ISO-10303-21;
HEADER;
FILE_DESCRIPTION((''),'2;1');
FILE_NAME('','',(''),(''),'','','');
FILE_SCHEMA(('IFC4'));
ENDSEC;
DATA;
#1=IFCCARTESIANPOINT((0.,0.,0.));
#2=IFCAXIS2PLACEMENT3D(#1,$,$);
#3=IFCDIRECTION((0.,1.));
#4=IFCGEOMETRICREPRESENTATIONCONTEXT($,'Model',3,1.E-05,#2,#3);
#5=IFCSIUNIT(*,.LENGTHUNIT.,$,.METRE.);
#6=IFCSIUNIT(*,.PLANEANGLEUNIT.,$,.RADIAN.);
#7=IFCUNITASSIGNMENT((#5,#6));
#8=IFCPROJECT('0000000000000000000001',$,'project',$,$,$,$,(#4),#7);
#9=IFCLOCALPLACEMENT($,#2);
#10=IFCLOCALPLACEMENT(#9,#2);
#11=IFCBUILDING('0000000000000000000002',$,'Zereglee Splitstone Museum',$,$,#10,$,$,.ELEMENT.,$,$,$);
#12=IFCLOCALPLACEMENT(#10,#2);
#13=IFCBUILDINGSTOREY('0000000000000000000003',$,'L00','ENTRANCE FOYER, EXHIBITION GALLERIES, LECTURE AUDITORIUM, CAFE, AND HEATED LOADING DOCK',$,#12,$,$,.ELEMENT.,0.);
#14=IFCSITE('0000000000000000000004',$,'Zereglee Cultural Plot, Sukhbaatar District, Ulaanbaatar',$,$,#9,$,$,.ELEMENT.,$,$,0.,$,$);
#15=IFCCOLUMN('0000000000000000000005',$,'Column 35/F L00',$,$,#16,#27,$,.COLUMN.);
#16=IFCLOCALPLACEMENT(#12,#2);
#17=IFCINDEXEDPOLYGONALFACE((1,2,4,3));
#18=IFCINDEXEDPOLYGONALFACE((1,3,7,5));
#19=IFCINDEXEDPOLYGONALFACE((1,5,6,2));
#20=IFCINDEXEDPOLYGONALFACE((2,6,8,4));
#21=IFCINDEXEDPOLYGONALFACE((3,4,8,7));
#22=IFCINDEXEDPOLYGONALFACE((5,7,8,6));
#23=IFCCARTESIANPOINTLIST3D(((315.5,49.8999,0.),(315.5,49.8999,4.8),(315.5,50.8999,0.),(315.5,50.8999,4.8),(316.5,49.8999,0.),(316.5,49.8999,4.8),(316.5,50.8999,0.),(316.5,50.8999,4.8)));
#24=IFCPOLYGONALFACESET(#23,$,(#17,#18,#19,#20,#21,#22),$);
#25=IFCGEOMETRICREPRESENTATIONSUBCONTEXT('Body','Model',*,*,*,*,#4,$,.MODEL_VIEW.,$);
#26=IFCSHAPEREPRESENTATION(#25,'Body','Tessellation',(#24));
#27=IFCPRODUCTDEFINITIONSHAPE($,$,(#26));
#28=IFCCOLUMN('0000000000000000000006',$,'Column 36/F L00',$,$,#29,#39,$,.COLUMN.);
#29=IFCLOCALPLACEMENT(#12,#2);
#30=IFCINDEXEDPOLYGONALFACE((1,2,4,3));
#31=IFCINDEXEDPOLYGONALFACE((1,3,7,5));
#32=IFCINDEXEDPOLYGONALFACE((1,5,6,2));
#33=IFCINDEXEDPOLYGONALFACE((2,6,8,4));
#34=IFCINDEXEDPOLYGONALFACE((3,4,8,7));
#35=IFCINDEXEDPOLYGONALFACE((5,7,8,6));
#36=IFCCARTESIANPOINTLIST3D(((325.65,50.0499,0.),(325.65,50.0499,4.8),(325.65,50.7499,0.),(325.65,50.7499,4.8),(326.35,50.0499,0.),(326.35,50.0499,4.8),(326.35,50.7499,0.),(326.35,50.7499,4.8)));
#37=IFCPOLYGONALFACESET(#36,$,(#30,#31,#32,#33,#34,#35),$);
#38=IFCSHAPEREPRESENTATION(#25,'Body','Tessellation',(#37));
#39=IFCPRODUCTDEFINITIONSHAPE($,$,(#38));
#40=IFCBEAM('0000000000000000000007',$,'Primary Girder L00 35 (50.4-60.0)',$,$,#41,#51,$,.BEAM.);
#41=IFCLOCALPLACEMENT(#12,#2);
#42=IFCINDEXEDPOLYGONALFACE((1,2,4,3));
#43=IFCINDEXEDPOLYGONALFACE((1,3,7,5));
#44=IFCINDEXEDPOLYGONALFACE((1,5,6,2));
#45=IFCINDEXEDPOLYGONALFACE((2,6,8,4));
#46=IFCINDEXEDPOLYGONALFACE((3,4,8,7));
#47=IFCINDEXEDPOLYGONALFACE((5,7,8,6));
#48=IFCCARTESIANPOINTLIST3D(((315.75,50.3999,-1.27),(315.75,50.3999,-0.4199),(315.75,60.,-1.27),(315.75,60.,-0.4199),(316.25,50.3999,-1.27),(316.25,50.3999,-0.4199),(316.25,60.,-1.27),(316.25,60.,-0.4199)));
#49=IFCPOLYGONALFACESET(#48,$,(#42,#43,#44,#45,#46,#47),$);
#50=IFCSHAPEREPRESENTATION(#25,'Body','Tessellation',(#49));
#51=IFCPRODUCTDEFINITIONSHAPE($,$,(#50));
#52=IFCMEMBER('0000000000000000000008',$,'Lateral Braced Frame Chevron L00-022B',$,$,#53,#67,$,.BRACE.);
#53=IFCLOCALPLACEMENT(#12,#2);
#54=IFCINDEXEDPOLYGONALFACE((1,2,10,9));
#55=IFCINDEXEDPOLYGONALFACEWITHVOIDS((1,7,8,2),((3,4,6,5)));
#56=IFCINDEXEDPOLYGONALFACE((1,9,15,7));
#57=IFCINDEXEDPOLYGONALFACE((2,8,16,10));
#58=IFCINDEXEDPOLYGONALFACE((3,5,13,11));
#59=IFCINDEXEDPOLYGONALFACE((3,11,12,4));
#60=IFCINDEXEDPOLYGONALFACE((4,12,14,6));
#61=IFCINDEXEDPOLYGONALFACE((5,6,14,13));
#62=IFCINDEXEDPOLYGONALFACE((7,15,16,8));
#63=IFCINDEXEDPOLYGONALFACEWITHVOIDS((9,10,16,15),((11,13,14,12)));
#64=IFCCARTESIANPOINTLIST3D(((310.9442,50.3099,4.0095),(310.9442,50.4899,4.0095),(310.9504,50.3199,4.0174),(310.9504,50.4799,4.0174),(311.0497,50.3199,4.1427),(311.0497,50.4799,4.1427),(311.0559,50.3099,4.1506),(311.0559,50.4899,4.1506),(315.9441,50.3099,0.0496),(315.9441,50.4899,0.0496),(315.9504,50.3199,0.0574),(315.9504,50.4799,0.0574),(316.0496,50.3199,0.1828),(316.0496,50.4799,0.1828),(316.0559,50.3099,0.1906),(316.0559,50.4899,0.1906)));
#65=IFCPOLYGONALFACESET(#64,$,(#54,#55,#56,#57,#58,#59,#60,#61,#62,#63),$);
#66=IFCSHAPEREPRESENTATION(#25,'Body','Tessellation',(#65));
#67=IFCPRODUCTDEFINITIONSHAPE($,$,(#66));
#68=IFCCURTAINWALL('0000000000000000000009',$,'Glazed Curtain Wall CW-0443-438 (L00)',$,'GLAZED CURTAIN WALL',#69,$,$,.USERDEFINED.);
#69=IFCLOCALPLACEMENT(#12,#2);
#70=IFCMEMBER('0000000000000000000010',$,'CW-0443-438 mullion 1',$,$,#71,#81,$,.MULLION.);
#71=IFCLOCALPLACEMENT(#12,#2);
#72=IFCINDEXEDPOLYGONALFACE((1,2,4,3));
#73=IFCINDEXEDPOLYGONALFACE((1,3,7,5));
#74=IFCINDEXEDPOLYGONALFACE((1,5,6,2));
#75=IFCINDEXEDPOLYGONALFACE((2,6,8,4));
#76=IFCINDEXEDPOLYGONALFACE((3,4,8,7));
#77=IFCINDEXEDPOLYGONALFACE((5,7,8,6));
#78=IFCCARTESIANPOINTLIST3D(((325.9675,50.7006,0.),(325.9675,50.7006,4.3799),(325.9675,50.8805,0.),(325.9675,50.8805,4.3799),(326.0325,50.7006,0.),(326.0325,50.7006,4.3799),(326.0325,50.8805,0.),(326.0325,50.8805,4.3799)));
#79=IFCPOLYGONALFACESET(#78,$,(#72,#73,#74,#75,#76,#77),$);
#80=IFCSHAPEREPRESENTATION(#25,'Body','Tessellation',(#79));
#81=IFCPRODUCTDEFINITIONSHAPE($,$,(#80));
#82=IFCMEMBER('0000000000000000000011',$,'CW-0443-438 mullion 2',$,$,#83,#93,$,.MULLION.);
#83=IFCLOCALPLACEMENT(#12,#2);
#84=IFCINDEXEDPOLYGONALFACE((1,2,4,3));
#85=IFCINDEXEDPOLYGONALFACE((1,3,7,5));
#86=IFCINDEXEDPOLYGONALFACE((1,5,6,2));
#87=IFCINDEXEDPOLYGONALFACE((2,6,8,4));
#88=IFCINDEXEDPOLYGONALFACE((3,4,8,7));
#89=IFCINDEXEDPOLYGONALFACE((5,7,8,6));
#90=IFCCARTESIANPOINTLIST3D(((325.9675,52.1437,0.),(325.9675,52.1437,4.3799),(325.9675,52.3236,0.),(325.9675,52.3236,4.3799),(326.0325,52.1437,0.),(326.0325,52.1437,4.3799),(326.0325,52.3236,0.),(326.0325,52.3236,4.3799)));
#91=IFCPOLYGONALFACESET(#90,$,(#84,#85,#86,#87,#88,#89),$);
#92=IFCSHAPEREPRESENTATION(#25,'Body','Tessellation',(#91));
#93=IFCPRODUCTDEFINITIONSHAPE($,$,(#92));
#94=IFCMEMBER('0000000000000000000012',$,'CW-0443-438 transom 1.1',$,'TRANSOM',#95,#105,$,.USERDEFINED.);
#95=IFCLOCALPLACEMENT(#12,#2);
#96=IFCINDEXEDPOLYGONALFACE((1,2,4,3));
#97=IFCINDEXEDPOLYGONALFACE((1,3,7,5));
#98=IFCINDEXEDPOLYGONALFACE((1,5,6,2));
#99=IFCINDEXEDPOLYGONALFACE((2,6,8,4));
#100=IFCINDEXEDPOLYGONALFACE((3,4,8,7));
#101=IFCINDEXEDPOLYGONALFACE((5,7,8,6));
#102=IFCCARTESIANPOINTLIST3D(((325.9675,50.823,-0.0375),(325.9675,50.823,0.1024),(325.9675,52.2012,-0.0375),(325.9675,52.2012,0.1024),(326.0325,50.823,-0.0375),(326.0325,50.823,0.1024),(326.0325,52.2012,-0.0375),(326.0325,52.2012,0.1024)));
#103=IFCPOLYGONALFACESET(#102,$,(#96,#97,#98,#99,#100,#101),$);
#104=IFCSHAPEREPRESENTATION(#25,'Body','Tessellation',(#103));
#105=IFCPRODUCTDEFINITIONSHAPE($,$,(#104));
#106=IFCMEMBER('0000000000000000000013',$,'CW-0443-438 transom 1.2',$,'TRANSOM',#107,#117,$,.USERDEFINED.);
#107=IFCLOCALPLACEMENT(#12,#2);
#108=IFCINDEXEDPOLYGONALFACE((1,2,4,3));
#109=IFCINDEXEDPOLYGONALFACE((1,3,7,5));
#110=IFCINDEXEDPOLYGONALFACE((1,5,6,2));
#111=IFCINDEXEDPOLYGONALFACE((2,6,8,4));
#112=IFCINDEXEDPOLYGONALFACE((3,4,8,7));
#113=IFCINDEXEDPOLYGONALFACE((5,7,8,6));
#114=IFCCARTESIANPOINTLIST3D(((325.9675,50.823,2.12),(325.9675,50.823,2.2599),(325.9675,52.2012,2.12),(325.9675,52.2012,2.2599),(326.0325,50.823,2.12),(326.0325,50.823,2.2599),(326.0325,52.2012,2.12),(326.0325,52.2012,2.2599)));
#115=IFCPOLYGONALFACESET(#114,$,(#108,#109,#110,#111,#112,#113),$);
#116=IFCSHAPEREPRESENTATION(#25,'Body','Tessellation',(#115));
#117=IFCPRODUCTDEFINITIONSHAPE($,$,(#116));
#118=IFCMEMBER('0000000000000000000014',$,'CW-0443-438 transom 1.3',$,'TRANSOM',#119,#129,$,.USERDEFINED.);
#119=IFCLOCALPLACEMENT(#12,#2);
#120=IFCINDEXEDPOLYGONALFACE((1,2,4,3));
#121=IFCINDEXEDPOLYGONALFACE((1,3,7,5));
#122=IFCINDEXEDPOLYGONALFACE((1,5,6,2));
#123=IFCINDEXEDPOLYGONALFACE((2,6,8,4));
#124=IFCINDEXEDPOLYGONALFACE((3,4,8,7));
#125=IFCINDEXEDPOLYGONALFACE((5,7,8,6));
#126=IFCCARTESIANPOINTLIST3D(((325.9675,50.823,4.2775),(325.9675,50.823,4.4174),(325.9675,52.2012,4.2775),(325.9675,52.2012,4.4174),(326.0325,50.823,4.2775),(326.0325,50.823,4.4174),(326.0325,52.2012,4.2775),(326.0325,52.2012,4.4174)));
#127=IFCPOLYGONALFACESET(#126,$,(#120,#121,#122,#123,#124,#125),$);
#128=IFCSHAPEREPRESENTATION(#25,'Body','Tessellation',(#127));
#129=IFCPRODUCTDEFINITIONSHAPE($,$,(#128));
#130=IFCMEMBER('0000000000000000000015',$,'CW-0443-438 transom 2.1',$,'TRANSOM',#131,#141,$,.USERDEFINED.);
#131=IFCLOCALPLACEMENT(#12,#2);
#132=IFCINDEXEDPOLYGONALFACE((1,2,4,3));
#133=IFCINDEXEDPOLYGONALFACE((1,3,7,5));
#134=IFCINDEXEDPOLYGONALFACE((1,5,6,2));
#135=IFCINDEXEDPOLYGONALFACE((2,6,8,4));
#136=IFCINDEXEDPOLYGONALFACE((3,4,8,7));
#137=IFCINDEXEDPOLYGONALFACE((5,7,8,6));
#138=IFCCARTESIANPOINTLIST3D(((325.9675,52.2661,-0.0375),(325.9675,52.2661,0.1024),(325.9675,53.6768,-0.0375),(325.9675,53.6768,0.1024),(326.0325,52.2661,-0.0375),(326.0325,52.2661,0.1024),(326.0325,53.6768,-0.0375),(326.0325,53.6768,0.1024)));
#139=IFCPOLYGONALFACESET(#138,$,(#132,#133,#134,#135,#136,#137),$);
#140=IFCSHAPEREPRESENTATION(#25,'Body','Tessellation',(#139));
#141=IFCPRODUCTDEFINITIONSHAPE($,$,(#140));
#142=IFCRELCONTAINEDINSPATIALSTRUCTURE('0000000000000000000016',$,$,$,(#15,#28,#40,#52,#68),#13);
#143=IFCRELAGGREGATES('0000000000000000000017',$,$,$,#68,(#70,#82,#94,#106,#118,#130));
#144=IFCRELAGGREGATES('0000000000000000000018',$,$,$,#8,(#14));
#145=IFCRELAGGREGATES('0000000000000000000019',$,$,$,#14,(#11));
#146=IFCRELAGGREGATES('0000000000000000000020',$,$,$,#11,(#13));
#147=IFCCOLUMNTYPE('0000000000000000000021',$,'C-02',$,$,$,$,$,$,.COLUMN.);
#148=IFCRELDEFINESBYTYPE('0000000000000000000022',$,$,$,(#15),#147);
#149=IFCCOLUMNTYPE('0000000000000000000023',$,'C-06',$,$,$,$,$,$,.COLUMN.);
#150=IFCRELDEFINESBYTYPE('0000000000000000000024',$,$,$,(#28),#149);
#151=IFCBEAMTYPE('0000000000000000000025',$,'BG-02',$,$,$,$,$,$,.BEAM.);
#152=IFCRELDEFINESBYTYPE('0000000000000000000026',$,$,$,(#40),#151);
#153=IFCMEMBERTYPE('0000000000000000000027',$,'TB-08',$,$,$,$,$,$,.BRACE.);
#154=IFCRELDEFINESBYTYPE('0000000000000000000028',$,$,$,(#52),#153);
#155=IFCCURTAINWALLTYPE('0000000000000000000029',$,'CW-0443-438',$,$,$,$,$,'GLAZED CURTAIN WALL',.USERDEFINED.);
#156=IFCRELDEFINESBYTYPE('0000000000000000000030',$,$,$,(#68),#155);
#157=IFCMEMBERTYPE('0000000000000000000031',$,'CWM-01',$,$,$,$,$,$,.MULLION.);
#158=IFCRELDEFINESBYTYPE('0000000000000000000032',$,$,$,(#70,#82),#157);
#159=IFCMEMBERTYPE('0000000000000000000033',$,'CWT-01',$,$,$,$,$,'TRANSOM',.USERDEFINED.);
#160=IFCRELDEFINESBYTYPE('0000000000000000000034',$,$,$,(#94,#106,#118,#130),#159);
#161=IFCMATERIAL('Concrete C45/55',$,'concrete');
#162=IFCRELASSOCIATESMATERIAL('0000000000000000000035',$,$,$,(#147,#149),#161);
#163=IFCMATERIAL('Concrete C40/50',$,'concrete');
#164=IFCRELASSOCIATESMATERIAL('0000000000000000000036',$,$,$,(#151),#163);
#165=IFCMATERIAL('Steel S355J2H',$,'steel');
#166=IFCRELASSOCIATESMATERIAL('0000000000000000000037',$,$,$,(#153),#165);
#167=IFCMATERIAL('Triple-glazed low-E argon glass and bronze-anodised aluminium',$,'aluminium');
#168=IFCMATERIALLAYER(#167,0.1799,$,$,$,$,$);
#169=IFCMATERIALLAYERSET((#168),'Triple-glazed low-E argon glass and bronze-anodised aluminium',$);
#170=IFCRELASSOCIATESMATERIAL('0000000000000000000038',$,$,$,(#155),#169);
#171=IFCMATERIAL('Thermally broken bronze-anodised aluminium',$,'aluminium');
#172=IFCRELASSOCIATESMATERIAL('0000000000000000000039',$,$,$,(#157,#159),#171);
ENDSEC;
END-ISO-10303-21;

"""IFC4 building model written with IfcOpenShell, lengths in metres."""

from ifc_helpers import new_model, si_unit, direction, frame, origin, origin_2d, place, context, subcontext, project, spatial, rectangle, hollow_rectangle, extrude, material, layer, layer_set, material_profile, profile_set, type_object, element, aggregate, save


model = new_model("IFC4")

# Units and contexts
model_context = context("Model", 3, precision=1e-05, world=origin(), true_north=direction((0.0, 1.0)))
body_context = subcontext(model_context, "Body", "Model", "MODEL_VIEW")
ifc_project = project(units=[si_unit("LENGTHUNIT", "METRE"), si_unit("PLANEANGLEUNIT", "RADIAN")], contexts=[model_context])

# Site, building, storey
site_placement = place(None, origin())
site = spatial("IfcSite", under=ifc_project, at=site_placement, Name="Zereglee Cultural Plot, Sukhbaatar District, Ulaanbaatar", CompositionType="ELEMENT", RefElevation=0.0)
building_placement = place(site_placement, origin())
building = spatial("IfcBuilding", under=site, at=building_placement, Name="Zereglee Splitstone Museum", CompositionType="ELEMENT")
storey_placement = place(building_placement, origin())
storey = spatial("IfcBuildingStorey", under=building, at=storey_placement, Name="L00", Description="ENTRANCE FOYER, EXHIBITION GALLERIES, LECTURE AUDITORIUM, CAFE, AND HEATED LOADING DOCK", CompositionType="ELEMENT", Elevation=0.0)

# Columns
ifc_material_1 = material(Name="Concrete C45/55", Category="concrete")
ifc_material_profile_1 = material_profile(ifc_material_1, rectangle(XDim=1.0, YDim=1.0, at=origin_2d()), Name="RC 1000x1000")
ifc_profile_set_1 = profile_set([ifc_material_profile_1], Name="Concrete C45/55")
column_type_1 = type_object("IfcColumnType", Name="C-02", PredefinedType="COLUMN", material=ifc_profile_set_1)
column_1_placement = place(storey_placement, frame((316.0, 50.3999, 0.0), z_axis=(0.0, 0.0, 1.0), x_axis=(1.0, 0.0, 0.0)))
element("IfcColumn", 1, at=column_1_placement, inside=storey, type_object=column_type_1, Name="Column 35/F L00", PredefinedType="COLUMN", context=body_context, shape_type="SweptSolid", body=[
    extrude(rectangle(XDim=1.0, YDim=1.0, at=origin_2d()), origin(), (0.0, 0.0, 1.0), 4.8),
])
ifc_material_profile_2 = material_profile(ifc_material_1, rectangle(XDim=0.7, YDim=0.7, at=origin_2d()), Name="RC 700x700")
ifc_profile_set_2 = profile_set([ifc_material_profile_2], Name="Concrete C45/55")
column_type_2 = type_object("IfcColumnType", Name="C-06", PredefinedType="COLUMN", material=ifc_profile_set_2)
column_2_placement = place(storey_placement, frame((326.0, 50.3999, 0.0), z_axis=(0.0, 0.0, 1.0), x_axis=(1.0, 0.0, 0.0)))
element("IfcColumn", 2, at=column_2_placement, inside=storey, type_object=column_type_2, Name="Column 36/F L00", PredefinedType="COLUMN", context=body_context, shape_type="SweptSolid", body=[
    extrude(rectangle(XDim=0.7, YDim=0.7, at=origin_2d()), origin(), (0.0, 0.0, 1.0), 4.8),
])

# Beam
ifc_material_2 = material(Name="Concrete C40/50", Category="concrete")
ifc_material_profile_3 = material_profile(ifc_material_2, rectangle(XDim=0.5, YDim=0.8501, at=origin_2d()), Name="RC 500x850")
ifc_profile_set_3 = profile_set([ifc_material_profile_3], Name="Concrete C40/50")
beam_type_1 = type_object("IfcBeamType", Name="BG-02", PredefinedType="BEAM", material=ifc_profile_set_3)
beam_1_placement = place(storey_placement, frame((316.0, 50.3999, -0.845), z_axis=(0.0, 1.0, 0.0), x_axis=(-1.0, 0.0, 0.0)))
element("IfcBeam", 3, at=beam_1_placement, inside=storey, type_object=beam_type_1, Name="Primary Girder L00 35 (50.4-60.0)", PredefinedType="BEAM", context=body_context, shape_type="SweptSolid", body=[
    extrude(rectangle(XDim=0.5, YDim=0.8501, at=origin_2d()), origin(), (0.0, 0.0, 1.0), 9.6001),
])

# Member
ifc_material_3 = material(Name="Steel S355J2H", Category="steel")
ifc_material_profile_4 = material_profile(ifc_material_3, hollow_rectangle(XDim=0.1799, YDim=0.1799, WallThickness=0.01, at=origin_2d()), Name="SHS 180x180x10")
ifc_profile_set_4 = profile_set([ifc_material_profile_4], Name="Steel S355J2H")
member_type_1 = type_object("IfcMemberType", Name="TB-08", PredefinedType="BRACE", material=ifc_profile_set_4)
member_1_placement = place(storey_placement, frame((316.0, 50.3999, 0.1201), z_axis=(-0.783922, 0.0, 0.62086), x_axis=(0.0, -1.0, 0.0)))
element("IfcMember", 4, at=member_1_placement, inside=storey, type_object=member_type_1, Name="Lateral Braced Frame Chevron L00-022B", PredefinedType="BRACE", context=body_context, shape_type="SweptSolid", body=[
    extrude(hollow_rectangle(XDim=0.1799, YDim=0.1799, WallThickness=0.01, at=origin_2d()), origin(), (0.0, 0.0, 1.0), 6.3782),
])

# Curtain wall, members
ifc_material_4 = material(Name="Triple-glazed low-E argon glass and bronze-anodised aluminium", Category="aluminium")
ifc_layer_1 = layer(ifc_material_4, 0.1799)
ifc_layer_set_1 = layer_set([ifc_layer_1], Name="Triple-glazed low-E argon glass and bronze-anodised aluminium")
curtain_wall_type = type_object("IfcCurtainWallType", Name="CW-0443-438", ElementType="GLAZED CURTAIN WALL", PredefinedType="USERDEFINED", material=ifc_layer_set_1)
curtain_wall_placement = place(storey_placement, origin())
curtain_wall = element("IfcCurtainWall", 5, at=curtain_wall_placement, inside=storey, type_object=curtain_wall_type, Name="Glazed Curtain Wall CW-0443-438 (L00)", ObjectType="GLAZED CURTAIN WALL", PredefinedType="USERDEFINED")
ifc_material_5 = material(Name="Thermally broken bronze-anodised aluminium", Category="aluminium")
ifc_material_profile_5 = material_profile(ifc_material_5, rectangle(XDim=0.0649, YDim=0.1799, at=origin_2d()), Name="CW MULL 65x180")
ifc_profile_set_5 = profile_set([ifc_material_profile_5], Name="Thermally broken bronze-anodised aluminium")
member_type_2 = type_object("IfcMemberType", Name="CWM-01", PredefinedType="MULLION", material=ifc_profile_set_5)
member_2_placement = place(storey_placement, frame((326.0, 50.7905, 0.0), z_axis=(0.0, 0.0, 1.0), x_axis=(-1.0, 0.0, 0.0)))
member_2 = element("IfcMember", 6, at=member_2_placement, type_object=member_type_2, Name="CW-0443-438 mullion 1", PredefinedType="MULLION", context=body_context, shape_type="SweptSolid", body=[
    extrude(rectangle(XDim=0.0649, YDim=0.1799, at=origin_2d()), origin(), (0.0, 0.0, 1.0), 4.3799),
])
member_3_placement = place(storey_placement, frame((326.0, 52.2336, 0.0), z_axis=(0.0, 0.0, 1.0), x_axis=(-1.0, 0.0, 0.0)))
member_3 = element("IfcMember", 7, at=member_3_placement, type_object=member_type_2, Name="CW-0443-438 mullion 2", PredefinedType="MULLION", context=body_context, shape_type="SweptSolid", body=[
    extrude(rectangle(XDim=0.0649, YDim=0.1799, at=origin_2d()), origin(), (0.0, 0.0, 1.0), 4.3799),
])
ifc_material_profile_6 = material_profile(ifc_material_5, rectangle(XDim=0.0649, YDim=0.1399, at=origin_2d()), Name="CW TRAN 65x140")
ifc_profile_set_6 = profile_set([ifc_material_profile_6], Name="Thermally broken bronze-anodised aluminium")
member_type_3 = type_object("IfcMemberType", Name="CWT-01", ElementType="TRANSOM", PredefinedType="USERDEFINED", material=ifc_profile_set_6)
member_4_placement = place(storey_placement, frame((326.0, 50.823, 0.0325), z_axis=(0.0, 1.0, 0.0), x_axis=(-1.0, 0.0, 0.0)))
member_4 = element("IfcMember", 8, at=member_4_placement, type_object=member_type_3, Name="CW-0443-438 transom 1.1", ObjectType="TRANSOM", PredefinedType="USERDEFINED", context=body_context, shape_type="SweptSolid", body=[
    extrude(rectangle(XDim=0.0649, YDim=0.1399, at=origin_2d()), origin(), (0.0, 0.0, 1.0), 1.3782),
])
member_5_placement = place(storey_placement, frame((326.0, 50.823, 2.1899), z_axis=(0.0, 1.0, 0.0), x_axis=(-1.0, 0.0, 0.0)))
member_5 = element("IfcMember", 9, at=member_5_placement, type_object=member_type_3, Name="CW-0443-438 transom 1.2", ObjectType="TRANSOM", PredefinedType="USERDEFINED", context=body_context, shape_type="SweptSolid", body=[
    extrude(rectangle(XDim=0.0649, YDim=0.1399, at=origin_2d()), origin(), (0.0, 0.0, 1.0), 1.3782),
])
member_6_placement = place(storey_placement, frame((326.0, 50.823, 4.3474), z_axis=(0.0, 1.0, 0.0), x_axis=(-1.0, 0.0, 0.0)))
member_6 = element("IfcMember", 10, at=member_6_placement, type_object=member_type_3, Name="CW-0443-438 transom 1.3", ObjectType="TRANSOM", PredefinedType="USERDEFINED", context=body_context, shape_type="SweptSolid", body=[
    extrude(rectangle(XDim=0.0649, YDim=0.1399, at=origin_2d()), origin(), (0.0, 0.0, 1.0), 1.3782),
])
member_7_placement = place(storey_placement, frame((326.0, 52.2661, 0.0325), z_axis=(0.0, 1.0, 0.0), x_axis=(-1.0, 0.0, 0.0)))
member_7 = element("IfcMember", 11, at=member_7_placement, type_object=member_type_3, Name="CW-0443-438 transom 2.1", ObjectType="TRANSOM", PredefinedType="USERDEFINED", context=body_context, shape_type="SweptSolid", body=[
    extrude(rectangle(XDim=0.0649, YDim=0.1399, at=origin_2d()), origin(), (0.0, 0.0, 1.0), 1.4106),
])

aggregate(curtain_wall, [member_2, member_3, member_4, member_5, member_6, member_7])

save(model, "model.ifc")
